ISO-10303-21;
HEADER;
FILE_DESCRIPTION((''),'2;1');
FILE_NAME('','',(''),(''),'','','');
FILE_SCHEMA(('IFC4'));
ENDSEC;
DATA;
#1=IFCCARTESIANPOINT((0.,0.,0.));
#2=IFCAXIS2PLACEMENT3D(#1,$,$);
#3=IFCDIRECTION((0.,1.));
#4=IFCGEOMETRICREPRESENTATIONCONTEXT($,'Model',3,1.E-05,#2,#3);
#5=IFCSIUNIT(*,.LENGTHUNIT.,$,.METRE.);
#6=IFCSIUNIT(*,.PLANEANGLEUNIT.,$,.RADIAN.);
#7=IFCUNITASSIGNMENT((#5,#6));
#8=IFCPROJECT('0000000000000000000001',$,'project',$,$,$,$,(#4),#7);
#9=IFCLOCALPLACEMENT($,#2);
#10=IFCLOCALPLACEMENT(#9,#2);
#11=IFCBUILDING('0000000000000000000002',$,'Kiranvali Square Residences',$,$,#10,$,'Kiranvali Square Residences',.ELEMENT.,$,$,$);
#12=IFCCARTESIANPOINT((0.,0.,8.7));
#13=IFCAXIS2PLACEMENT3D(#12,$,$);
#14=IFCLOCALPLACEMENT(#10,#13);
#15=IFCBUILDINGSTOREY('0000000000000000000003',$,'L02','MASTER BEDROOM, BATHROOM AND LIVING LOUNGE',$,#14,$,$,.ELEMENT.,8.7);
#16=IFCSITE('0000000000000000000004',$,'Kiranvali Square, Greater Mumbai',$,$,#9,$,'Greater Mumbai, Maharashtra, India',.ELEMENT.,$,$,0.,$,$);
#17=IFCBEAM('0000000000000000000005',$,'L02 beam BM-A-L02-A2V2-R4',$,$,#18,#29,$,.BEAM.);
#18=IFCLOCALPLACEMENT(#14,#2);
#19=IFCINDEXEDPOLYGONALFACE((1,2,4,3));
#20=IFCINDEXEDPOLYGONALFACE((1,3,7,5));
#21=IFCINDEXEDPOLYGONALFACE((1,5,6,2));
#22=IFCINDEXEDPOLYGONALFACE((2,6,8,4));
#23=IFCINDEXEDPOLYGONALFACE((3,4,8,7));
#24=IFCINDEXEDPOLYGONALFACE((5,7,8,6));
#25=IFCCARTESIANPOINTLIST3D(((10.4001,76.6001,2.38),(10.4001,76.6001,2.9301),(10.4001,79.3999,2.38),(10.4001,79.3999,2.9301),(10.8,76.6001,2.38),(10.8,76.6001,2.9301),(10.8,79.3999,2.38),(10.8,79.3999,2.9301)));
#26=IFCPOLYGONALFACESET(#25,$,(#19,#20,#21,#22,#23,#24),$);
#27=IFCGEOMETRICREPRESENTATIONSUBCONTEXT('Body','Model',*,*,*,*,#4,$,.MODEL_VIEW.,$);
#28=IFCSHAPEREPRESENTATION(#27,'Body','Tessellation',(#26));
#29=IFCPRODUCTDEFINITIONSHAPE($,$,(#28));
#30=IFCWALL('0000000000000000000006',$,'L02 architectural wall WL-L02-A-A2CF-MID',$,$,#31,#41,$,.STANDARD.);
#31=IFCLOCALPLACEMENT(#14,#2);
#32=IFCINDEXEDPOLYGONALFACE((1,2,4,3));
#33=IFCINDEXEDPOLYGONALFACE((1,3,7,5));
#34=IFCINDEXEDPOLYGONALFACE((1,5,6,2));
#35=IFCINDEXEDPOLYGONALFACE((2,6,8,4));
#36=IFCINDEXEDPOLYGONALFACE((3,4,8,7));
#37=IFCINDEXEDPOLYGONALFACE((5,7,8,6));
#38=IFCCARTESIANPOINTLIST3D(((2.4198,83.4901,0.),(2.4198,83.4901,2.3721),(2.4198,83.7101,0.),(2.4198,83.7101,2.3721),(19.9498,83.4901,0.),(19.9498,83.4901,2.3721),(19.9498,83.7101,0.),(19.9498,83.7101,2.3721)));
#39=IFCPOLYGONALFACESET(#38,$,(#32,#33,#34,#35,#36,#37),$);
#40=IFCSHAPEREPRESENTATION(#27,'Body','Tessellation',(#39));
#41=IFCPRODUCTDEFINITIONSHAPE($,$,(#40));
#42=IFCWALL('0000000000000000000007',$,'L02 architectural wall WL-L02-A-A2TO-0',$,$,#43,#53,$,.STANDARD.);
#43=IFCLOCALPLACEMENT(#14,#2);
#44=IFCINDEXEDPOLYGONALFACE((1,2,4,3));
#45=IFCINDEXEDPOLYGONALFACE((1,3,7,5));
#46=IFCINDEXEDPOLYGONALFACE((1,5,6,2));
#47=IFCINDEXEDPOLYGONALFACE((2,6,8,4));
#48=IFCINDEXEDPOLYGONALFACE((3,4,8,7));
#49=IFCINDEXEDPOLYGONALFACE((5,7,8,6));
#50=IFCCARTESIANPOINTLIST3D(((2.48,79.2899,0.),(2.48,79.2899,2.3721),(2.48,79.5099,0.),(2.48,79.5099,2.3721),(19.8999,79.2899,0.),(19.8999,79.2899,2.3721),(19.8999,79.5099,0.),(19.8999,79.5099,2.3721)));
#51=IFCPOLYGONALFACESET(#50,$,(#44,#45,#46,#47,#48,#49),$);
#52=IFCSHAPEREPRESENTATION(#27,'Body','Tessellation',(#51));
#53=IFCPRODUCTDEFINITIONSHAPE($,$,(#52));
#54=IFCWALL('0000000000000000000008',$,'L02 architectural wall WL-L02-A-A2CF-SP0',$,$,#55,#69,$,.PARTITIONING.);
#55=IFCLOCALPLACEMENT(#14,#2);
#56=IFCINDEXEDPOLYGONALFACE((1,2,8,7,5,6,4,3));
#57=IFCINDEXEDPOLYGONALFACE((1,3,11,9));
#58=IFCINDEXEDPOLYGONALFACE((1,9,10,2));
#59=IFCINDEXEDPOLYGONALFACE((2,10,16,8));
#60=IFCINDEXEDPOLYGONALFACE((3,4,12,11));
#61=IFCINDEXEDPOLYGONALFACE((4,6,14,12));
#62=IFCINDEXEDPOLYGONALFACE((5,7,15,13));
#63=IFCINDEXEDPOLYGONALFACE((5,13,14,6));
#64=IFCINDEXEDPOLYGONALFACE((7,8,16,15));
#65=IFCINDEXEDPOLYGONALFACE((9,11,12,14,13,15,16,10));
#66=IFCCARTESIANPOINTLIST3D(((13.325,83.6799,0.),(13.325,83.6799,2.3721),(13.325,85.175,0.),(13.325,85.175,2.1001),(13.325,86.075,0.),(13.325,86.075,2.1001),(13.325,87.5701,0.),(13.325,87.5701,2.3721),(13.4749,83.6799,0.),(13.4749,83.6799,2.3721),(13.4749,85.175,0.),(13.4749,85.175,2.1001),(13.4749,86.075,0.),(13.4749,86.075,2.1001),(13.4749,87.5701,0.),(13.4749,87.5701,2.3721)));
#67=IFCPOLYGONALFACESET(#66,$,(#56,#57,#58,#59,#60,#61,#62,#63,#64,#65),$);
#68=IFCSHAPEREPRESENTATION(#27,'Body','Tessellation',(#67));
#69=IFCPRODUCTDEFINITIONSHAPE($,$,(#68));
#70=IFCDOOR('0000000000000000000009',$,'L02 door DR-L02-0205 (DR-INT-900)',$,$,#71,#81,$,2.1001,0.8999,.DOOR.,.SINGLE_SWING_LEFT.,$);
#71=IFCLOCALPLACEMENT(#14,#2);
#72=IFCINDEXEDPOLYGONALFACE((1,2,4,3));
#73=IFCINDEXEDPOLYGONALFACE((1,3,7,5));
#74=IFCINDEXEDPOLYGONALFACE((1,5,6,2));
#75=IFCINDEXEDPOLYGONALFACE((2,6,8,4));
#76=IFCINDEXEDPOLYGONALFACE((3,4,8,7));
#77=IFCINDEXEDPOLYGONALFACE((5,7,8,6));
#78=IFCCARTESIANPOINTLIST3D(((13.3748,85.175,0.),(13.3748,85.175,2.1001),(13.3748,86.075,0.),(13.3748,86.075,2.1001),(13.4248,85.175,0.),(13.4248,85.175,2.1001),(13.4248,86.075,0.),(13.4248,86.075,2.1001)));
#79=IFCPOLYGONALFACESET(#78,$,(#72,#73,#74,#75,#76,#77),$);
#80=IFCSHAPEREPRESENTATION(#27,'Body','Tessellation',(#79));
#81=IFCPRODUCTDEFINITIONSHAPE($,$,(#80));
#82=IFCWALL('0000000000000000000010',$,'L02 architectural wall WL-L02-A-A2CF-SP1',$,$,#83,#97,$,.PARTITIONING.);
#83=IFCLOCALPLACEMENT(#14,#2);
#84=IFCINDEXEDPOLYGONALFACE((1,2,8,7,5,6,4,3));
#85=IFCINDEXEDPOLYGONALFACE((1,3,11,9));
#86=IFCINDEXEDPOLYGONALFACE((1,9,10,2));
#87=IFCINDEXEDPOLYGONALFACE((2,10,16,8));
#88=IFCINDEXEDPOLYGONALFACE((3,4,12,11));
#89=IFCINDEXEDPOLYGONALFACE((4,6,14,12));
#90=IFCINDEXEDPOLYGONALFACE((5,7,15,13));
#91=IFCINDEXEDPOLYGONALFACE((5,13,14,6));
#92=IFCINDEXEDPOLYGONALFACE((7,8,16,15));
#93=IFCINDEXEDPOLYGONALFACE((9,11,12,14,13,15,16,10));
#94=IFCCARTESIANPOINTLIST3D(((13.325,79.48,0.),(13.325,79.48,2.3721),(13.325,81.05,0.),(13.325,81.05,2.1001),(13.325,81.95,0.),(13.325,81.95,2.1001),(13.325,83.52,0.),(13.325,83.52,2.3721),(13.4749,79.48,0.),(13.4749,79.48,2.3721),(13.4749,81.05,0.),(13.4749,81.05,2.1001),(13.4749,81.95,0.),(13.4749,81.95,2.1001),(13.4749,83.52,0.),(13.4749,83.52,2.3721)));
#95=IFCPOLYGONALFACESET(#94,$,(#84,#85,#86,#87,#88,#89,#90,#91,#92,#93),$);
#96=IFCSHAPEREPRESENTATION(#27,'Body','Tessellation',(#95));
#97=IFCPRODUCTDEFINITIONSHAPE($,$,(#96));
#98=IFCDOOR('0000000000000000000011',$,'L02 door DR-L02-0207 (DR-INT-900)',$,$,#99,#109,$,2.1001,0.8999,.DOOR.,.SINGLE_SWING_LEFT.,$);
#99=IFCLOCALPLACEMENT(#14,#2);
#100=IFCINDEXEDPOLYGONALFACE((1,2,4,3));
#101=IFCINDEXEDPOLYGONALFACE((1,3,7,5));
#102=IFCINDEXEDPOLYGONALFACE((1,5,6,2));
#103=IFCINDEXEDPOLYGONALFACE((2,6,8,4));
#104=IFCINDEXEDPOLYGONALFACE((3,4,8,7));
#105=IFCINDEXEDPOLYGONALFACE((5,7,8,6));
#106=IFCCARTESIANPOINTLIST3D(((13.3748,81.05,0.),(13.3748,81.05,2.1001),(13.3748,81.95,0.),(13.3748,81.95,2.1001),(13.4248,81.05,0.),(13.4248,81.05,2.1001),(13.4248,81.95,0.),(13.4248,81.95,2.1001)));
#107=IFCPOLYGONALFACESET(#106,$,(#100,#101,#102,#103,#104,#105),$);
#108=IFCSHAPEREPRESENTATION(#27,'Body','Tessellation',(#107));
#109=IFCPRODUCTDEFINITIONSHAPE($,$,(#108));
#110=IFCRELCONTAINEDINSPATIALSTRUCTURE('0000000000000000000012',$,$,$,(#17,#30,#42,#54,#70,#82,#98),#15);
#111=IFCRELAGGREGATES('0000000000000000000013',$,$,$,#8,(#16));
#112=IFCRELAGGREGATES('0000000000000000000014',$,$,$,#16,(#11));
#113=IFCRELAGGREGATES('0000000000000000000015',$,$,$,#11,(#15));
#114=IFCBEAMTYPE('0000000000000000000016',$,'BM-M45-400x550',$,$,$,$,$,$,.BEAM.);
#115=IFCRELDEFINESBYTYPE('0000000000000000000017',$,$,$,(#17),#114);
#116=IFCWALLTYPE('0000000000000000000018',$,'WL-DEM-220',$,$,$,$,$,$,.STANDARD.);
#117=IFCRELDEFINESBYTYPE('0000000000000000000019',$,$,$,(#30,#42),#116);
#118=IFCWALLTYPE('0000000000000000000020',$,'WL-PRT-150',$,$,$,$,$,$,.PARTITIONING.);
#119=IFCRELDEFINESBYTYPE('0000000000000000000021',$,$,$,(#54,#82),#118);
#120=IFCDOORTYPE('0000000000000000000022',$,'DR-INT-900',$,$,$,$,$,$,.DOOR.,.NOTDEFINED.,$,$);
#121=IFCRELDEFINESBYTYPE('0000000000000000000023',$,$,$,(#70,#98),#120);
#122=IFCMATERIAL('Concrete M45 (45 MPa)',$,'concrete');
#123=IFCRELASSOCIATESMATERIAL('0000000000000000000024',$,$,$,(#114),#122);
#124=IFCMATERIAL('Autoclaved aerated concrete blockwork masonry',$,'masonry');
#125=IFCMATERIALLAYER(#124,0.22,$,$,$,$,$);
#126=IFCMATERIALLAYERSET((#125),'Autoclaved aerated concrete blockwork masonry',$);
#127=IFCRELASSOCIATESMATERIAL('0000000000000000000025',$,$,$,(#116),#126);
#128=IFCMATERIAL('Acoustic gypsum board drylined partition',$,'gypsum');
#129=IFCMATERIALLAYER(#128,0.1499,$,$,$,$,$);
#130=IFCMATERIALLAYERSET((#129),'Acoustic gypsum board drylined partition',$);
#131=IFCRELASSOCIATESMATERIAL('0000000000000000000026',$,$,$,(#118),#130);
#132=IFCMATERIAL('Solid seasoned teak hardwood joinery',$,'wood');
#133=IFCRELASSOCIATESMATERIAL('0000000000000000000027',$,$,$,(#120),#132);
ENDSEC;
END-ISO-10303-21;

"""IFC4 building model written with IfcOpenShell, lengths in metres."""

from ifc_helpers import new_model, si_unit, direction, frame, frame_2d, origin, origin_2d, place, context, subcontext, project, spatial, rectangle, extrude, material, layer, layer_set, material_profile, profile_set, type_object, element, fill, save


model = new_model("IFC4")

# Units and contexts
model_context = context("Model", 3, precision=1e-05, world=origin(), true_north=direction((0.0, 1.0)))
body_context = subcontext(model_context, "Body", "Model", "MODEL_VIEW")
ifc_project = project(units=[si_unit("LENGTHUNIT", "METRE"), si_unit("PLANEANGLEUNIT", "RADIAN")], contexts=[model_context])

# Site, building, storey
site_placement = place(None, origin())
site = spatial("IfcSite", under=ifc_project, at=site_placement, Name="Kiranvali Square, Greater Mumbai", LongName="Greater Mumbai, Maharashtra, India", CompositionType="ELEMENT", RefElevation=0.0)
building_placement = place(site_placement, origin())
building = spatial("IfcBuilding", under=site, at=building_placement, Name="Kiranvali Square Residences", LongName="Kiranvali Square Residences", CompositionType="ELEMENT")
storey_placement = place(building_placement, frame((0.0, 0.0, 8.7)))
storey = spatial("IfcBuildingStorey", under=building, at=storey_placement, Name="L02", Description="MASTER BEDROOM, BATHROOM AND LIVING LOUNGE", CompositionType="ELEMENT", Elevation=8.7)

# Shared definitions
ifc_material_1 = material(Name="Concrete M45 (45 MPa)", Category="concrete")

# Beam
ifc_material_profile_1 = material_profile(ifc_material_1, rectangle(XDim=0.3999, YDim=0.55, at=origin_2d()), Name="RC 400x550")
ifc_profile_set_1 = profile_set([ifc_material_profile_1], Name="Concrete M45 (45 MPa)")
beam_type_1 = type_object("IfcBeamType", Name="BM-M45-400x550", PredefinedType="BEAM", material=ifc_profile_set_1)
beam_1_placement = place(storey_placement, frame((10.6001, 79.3999, 2.655), z_axis=(0.0, -1.0, 0.0), x_axis=(1.0, 0.0, 0.0)))
element("IfcBeam", 1, at=beam_1_placement, inside=storey, type_object=beam_type_1, Name="L02 beam BM-A-L02-A2V2-R4", PredefinedType="BEAM", context=body_context, shape_type="SweptSolid", body=[
    extrude(rectangle(XDim=0.3999, YDim=0.55, at=origin_2d()), origin(), (0.0, 0.0, 1.0), 2.7998),
])

# Shared definitions
ifc_material_2 = material(Name="Autoclaved aerated concrete blockwork masonry", Category="masonry")

# Walls
ifc_layer_1 = layer(ifc_material_2, 0.22)
ifc_layer_set_1 = layer_set([ifc_layer_1], Name="Autoclaved aerated concrete blockwork masonry")
wall_type_1 = type_object("IfcWallType", Name="WL-DEM-220", PredefinedType="STANDARD", material=ifc_layer_set_1)
wall_1_placement = place(storey_placement, frame((19.95, 83.6001, 0.0), z_axis=(0.0, 0.0, 1.0), x_axis=(-1.0, 0.0, 0.0)))
element("IfcWall", 2, at=wall_1_placement, inside=storey, type_object=wall_type_1, Name="L02 architectural wall WL-L02-A-A2CF-MID", PredefinedType="STANDARD", context=body_context, shape_type="SweptSolid", body=[
    extrude(rectangle(XDim=17.53, YDim=0.22, at=frame_2d((8.7651, 0.0))), origin(), (0.0, 0.0, 1.0), 2.3721),
])
wall_2_placement = place(storey_placement, frame((19.8999, 79.3999, 0.0), z_axis=(0.0, 0.0, 1.0), x_axis=(-1.0, 0.0, 0.0)))
element("IfcWall", 3, at=wall_2_placement, inside=storey, type_object=wall_type_1, Name="L02 architectural wall WL-L02-A-A2TO-0", PredefinedType="STANDARD", context=body_context, shape_type="SweptSolid", body=[
    extrude(rectangle(XDim=17.4199, YDim=0.22, at=frame_2d((8.71, 0.0))), origin(), (0.0, 0.0, 1.0), 2.3721),
])

# Walls, openings, doors
ifc_material_3 = material(Name="Acoustic gypsum board drylined partition", Category="gypsum")
ifc_layer_2 = layer(ifc_material_3, 0.1499)
ifc_layer_set_2 = layer_set([ifc_layer_2], Name="Acoustic gypsum board drylined partition")
wall_type_2 = type_object("IfcWallType", Name="WL-PRT-150", PredefinedType="PARTITIONING", material=ifc_layer_set_2)
wall_3_placement = place(storey_placement, frame((13.3999, 87.5701, 0.0), z_axis=(0.0, 0.0, 1.0), x_axis=(0.0, -1.0, 0.0)))
wall_3 = element("IfcWall", 4, at=wall_3_placement, inside=storey, type_object=wall_type_2, Name="L02 architectural wall WL-L02-A-A2CF-SP0", PredefinedType="PARTITIONING", context=body_context, shape_type="SweptSolid", body=[
    extrude(rectangle(XDim=3.8901, YDim=0.1499, at=frame_2d((1.9451, 0.0))), origin(), (0.0, 0.0, 1.0), 2.3721),
])
opening_1_placement = place(wall_3_placement, frame((1.4951, 0.0, 0.0)))
opening_1 = element("IfcOpeningElement", 5, at=opening_1_placement, cuts=wall_3, PredefinedType="OPENING", context=body_context, shape_type="SweptSolid", body=[
    extrude(rectangle(XDim=0.8999, YDim=2.1001, at=frame_2d((0.45, 1.05))), frame((0.0, 0.085, 0.0), z_axis=(0.0, -1.0, 0.0), x_axis=(1.0, 0.0, 0.0)), (0.0, 0.0, 1.0), 0.1699),
])
ifc_material_4 = material(Name="Solid seasoned teak hardwood joinery", Category="wood")
door_type_1 = type_object("IfcDoorType", Name="DR-INT-900", OperationType="NOTDEFINED", PredefinedType="DOOR", material=ifc_material_4)
door_1_placement = place(opening_1_placement, origin())
door_1 = element("IfcDoor", 6, at=door_1_placement, inside=storey, type_object=door_type_1, Name="L02 door DR-L02-0205 (DR-INT-900)", OperationType="SINGLE_SWING_LEFT", OverallHeight=2.1001, OverallWidth=0.8999, PredefinedType="DOOR", context=body_context, shape_type="SweptSolid", body=[
    extrude(rectangle(XDim=0.8999, YDim=2.1001, at=frame_2d((0.45, 1.05))), frame((0.0, 0.0249, 0.0), z_axis=(0.0, -1.0, 0.0), x_axis=(1.0, 0.0, 0.0)), (0.0, 0.0, 1.0), 0.05),
])
fill(opening_1, door_1)
wall_4_placement = place(storey_placement, frame((13.3999, 83.52, 0.0), z_axis=(0.0, 0.0, 1.0), x_axis=(0.0, -1.0, 0.0)))
wall_4 = element("IfcWall", 7, at=wall_4_placement, inside=storey, type_object=wall_type_2, Name="L02 architectural wall WL-L02-A-A2CF-SP1", PredefinedType="PARTITIONING", context=body_context, shape_type="SweptSolid", body=[
    extrude(rectangle(XDim=4.04, YDim=0.1499, at=frame_2d((2.02, 0.0))), origin(), (0.0, 0.0, 1.0), 2.3721),
])
opening_2_placement = place(wall_4_placement, frame((1.5701, 0.0, 0.0)))
opening_2 = element("IfcOpeningElement", 8, at=opening_2_placement, cuts=wall_4, PredefinedType="OPENING", context=body_context, shape_type="SweptSolid", body=[
    extrude(rectangle(XDim=0.8999, YDim=2.1001, at=frame_2d((0.45, 1.05))), frame((0.0, 0.085, 0.0), z_axis=(0.0, -1.0, 0.0), x_axis=(1.0, 0.0, 0.0)), (0.0, 0.0, 1.0), 0.1699),
])
door_2_placement = place(opening_2_placement, origin())
door_2 = element("IfcDoor", 9, at=door_2_placement, inside=storey, type_object=door_type_1, Name="L02 door DR-L02-0207 (DR-INT-900)", OperationType="SINGLE_SWING_LEFT", OverallHeight=2.1001, OverallWidth=0.8999, PredefinedType="DOOR", context=body_context, shape_type="SweptSolid", body=[
    extrude(rectangle(XDim=0.8999, YDim=2.1001, at=frame_2d((0.45, 1.05))), frame((0.0, 0.0249, 0.0), z_axis=(0.0, -1.0, 0.0), x_axis=(1.0, 0.0, 0.0)), (0.0, 0.0, 1.0), 0.05),
])
fill(opening_2, door_2)

save(model, "model.ifc")
